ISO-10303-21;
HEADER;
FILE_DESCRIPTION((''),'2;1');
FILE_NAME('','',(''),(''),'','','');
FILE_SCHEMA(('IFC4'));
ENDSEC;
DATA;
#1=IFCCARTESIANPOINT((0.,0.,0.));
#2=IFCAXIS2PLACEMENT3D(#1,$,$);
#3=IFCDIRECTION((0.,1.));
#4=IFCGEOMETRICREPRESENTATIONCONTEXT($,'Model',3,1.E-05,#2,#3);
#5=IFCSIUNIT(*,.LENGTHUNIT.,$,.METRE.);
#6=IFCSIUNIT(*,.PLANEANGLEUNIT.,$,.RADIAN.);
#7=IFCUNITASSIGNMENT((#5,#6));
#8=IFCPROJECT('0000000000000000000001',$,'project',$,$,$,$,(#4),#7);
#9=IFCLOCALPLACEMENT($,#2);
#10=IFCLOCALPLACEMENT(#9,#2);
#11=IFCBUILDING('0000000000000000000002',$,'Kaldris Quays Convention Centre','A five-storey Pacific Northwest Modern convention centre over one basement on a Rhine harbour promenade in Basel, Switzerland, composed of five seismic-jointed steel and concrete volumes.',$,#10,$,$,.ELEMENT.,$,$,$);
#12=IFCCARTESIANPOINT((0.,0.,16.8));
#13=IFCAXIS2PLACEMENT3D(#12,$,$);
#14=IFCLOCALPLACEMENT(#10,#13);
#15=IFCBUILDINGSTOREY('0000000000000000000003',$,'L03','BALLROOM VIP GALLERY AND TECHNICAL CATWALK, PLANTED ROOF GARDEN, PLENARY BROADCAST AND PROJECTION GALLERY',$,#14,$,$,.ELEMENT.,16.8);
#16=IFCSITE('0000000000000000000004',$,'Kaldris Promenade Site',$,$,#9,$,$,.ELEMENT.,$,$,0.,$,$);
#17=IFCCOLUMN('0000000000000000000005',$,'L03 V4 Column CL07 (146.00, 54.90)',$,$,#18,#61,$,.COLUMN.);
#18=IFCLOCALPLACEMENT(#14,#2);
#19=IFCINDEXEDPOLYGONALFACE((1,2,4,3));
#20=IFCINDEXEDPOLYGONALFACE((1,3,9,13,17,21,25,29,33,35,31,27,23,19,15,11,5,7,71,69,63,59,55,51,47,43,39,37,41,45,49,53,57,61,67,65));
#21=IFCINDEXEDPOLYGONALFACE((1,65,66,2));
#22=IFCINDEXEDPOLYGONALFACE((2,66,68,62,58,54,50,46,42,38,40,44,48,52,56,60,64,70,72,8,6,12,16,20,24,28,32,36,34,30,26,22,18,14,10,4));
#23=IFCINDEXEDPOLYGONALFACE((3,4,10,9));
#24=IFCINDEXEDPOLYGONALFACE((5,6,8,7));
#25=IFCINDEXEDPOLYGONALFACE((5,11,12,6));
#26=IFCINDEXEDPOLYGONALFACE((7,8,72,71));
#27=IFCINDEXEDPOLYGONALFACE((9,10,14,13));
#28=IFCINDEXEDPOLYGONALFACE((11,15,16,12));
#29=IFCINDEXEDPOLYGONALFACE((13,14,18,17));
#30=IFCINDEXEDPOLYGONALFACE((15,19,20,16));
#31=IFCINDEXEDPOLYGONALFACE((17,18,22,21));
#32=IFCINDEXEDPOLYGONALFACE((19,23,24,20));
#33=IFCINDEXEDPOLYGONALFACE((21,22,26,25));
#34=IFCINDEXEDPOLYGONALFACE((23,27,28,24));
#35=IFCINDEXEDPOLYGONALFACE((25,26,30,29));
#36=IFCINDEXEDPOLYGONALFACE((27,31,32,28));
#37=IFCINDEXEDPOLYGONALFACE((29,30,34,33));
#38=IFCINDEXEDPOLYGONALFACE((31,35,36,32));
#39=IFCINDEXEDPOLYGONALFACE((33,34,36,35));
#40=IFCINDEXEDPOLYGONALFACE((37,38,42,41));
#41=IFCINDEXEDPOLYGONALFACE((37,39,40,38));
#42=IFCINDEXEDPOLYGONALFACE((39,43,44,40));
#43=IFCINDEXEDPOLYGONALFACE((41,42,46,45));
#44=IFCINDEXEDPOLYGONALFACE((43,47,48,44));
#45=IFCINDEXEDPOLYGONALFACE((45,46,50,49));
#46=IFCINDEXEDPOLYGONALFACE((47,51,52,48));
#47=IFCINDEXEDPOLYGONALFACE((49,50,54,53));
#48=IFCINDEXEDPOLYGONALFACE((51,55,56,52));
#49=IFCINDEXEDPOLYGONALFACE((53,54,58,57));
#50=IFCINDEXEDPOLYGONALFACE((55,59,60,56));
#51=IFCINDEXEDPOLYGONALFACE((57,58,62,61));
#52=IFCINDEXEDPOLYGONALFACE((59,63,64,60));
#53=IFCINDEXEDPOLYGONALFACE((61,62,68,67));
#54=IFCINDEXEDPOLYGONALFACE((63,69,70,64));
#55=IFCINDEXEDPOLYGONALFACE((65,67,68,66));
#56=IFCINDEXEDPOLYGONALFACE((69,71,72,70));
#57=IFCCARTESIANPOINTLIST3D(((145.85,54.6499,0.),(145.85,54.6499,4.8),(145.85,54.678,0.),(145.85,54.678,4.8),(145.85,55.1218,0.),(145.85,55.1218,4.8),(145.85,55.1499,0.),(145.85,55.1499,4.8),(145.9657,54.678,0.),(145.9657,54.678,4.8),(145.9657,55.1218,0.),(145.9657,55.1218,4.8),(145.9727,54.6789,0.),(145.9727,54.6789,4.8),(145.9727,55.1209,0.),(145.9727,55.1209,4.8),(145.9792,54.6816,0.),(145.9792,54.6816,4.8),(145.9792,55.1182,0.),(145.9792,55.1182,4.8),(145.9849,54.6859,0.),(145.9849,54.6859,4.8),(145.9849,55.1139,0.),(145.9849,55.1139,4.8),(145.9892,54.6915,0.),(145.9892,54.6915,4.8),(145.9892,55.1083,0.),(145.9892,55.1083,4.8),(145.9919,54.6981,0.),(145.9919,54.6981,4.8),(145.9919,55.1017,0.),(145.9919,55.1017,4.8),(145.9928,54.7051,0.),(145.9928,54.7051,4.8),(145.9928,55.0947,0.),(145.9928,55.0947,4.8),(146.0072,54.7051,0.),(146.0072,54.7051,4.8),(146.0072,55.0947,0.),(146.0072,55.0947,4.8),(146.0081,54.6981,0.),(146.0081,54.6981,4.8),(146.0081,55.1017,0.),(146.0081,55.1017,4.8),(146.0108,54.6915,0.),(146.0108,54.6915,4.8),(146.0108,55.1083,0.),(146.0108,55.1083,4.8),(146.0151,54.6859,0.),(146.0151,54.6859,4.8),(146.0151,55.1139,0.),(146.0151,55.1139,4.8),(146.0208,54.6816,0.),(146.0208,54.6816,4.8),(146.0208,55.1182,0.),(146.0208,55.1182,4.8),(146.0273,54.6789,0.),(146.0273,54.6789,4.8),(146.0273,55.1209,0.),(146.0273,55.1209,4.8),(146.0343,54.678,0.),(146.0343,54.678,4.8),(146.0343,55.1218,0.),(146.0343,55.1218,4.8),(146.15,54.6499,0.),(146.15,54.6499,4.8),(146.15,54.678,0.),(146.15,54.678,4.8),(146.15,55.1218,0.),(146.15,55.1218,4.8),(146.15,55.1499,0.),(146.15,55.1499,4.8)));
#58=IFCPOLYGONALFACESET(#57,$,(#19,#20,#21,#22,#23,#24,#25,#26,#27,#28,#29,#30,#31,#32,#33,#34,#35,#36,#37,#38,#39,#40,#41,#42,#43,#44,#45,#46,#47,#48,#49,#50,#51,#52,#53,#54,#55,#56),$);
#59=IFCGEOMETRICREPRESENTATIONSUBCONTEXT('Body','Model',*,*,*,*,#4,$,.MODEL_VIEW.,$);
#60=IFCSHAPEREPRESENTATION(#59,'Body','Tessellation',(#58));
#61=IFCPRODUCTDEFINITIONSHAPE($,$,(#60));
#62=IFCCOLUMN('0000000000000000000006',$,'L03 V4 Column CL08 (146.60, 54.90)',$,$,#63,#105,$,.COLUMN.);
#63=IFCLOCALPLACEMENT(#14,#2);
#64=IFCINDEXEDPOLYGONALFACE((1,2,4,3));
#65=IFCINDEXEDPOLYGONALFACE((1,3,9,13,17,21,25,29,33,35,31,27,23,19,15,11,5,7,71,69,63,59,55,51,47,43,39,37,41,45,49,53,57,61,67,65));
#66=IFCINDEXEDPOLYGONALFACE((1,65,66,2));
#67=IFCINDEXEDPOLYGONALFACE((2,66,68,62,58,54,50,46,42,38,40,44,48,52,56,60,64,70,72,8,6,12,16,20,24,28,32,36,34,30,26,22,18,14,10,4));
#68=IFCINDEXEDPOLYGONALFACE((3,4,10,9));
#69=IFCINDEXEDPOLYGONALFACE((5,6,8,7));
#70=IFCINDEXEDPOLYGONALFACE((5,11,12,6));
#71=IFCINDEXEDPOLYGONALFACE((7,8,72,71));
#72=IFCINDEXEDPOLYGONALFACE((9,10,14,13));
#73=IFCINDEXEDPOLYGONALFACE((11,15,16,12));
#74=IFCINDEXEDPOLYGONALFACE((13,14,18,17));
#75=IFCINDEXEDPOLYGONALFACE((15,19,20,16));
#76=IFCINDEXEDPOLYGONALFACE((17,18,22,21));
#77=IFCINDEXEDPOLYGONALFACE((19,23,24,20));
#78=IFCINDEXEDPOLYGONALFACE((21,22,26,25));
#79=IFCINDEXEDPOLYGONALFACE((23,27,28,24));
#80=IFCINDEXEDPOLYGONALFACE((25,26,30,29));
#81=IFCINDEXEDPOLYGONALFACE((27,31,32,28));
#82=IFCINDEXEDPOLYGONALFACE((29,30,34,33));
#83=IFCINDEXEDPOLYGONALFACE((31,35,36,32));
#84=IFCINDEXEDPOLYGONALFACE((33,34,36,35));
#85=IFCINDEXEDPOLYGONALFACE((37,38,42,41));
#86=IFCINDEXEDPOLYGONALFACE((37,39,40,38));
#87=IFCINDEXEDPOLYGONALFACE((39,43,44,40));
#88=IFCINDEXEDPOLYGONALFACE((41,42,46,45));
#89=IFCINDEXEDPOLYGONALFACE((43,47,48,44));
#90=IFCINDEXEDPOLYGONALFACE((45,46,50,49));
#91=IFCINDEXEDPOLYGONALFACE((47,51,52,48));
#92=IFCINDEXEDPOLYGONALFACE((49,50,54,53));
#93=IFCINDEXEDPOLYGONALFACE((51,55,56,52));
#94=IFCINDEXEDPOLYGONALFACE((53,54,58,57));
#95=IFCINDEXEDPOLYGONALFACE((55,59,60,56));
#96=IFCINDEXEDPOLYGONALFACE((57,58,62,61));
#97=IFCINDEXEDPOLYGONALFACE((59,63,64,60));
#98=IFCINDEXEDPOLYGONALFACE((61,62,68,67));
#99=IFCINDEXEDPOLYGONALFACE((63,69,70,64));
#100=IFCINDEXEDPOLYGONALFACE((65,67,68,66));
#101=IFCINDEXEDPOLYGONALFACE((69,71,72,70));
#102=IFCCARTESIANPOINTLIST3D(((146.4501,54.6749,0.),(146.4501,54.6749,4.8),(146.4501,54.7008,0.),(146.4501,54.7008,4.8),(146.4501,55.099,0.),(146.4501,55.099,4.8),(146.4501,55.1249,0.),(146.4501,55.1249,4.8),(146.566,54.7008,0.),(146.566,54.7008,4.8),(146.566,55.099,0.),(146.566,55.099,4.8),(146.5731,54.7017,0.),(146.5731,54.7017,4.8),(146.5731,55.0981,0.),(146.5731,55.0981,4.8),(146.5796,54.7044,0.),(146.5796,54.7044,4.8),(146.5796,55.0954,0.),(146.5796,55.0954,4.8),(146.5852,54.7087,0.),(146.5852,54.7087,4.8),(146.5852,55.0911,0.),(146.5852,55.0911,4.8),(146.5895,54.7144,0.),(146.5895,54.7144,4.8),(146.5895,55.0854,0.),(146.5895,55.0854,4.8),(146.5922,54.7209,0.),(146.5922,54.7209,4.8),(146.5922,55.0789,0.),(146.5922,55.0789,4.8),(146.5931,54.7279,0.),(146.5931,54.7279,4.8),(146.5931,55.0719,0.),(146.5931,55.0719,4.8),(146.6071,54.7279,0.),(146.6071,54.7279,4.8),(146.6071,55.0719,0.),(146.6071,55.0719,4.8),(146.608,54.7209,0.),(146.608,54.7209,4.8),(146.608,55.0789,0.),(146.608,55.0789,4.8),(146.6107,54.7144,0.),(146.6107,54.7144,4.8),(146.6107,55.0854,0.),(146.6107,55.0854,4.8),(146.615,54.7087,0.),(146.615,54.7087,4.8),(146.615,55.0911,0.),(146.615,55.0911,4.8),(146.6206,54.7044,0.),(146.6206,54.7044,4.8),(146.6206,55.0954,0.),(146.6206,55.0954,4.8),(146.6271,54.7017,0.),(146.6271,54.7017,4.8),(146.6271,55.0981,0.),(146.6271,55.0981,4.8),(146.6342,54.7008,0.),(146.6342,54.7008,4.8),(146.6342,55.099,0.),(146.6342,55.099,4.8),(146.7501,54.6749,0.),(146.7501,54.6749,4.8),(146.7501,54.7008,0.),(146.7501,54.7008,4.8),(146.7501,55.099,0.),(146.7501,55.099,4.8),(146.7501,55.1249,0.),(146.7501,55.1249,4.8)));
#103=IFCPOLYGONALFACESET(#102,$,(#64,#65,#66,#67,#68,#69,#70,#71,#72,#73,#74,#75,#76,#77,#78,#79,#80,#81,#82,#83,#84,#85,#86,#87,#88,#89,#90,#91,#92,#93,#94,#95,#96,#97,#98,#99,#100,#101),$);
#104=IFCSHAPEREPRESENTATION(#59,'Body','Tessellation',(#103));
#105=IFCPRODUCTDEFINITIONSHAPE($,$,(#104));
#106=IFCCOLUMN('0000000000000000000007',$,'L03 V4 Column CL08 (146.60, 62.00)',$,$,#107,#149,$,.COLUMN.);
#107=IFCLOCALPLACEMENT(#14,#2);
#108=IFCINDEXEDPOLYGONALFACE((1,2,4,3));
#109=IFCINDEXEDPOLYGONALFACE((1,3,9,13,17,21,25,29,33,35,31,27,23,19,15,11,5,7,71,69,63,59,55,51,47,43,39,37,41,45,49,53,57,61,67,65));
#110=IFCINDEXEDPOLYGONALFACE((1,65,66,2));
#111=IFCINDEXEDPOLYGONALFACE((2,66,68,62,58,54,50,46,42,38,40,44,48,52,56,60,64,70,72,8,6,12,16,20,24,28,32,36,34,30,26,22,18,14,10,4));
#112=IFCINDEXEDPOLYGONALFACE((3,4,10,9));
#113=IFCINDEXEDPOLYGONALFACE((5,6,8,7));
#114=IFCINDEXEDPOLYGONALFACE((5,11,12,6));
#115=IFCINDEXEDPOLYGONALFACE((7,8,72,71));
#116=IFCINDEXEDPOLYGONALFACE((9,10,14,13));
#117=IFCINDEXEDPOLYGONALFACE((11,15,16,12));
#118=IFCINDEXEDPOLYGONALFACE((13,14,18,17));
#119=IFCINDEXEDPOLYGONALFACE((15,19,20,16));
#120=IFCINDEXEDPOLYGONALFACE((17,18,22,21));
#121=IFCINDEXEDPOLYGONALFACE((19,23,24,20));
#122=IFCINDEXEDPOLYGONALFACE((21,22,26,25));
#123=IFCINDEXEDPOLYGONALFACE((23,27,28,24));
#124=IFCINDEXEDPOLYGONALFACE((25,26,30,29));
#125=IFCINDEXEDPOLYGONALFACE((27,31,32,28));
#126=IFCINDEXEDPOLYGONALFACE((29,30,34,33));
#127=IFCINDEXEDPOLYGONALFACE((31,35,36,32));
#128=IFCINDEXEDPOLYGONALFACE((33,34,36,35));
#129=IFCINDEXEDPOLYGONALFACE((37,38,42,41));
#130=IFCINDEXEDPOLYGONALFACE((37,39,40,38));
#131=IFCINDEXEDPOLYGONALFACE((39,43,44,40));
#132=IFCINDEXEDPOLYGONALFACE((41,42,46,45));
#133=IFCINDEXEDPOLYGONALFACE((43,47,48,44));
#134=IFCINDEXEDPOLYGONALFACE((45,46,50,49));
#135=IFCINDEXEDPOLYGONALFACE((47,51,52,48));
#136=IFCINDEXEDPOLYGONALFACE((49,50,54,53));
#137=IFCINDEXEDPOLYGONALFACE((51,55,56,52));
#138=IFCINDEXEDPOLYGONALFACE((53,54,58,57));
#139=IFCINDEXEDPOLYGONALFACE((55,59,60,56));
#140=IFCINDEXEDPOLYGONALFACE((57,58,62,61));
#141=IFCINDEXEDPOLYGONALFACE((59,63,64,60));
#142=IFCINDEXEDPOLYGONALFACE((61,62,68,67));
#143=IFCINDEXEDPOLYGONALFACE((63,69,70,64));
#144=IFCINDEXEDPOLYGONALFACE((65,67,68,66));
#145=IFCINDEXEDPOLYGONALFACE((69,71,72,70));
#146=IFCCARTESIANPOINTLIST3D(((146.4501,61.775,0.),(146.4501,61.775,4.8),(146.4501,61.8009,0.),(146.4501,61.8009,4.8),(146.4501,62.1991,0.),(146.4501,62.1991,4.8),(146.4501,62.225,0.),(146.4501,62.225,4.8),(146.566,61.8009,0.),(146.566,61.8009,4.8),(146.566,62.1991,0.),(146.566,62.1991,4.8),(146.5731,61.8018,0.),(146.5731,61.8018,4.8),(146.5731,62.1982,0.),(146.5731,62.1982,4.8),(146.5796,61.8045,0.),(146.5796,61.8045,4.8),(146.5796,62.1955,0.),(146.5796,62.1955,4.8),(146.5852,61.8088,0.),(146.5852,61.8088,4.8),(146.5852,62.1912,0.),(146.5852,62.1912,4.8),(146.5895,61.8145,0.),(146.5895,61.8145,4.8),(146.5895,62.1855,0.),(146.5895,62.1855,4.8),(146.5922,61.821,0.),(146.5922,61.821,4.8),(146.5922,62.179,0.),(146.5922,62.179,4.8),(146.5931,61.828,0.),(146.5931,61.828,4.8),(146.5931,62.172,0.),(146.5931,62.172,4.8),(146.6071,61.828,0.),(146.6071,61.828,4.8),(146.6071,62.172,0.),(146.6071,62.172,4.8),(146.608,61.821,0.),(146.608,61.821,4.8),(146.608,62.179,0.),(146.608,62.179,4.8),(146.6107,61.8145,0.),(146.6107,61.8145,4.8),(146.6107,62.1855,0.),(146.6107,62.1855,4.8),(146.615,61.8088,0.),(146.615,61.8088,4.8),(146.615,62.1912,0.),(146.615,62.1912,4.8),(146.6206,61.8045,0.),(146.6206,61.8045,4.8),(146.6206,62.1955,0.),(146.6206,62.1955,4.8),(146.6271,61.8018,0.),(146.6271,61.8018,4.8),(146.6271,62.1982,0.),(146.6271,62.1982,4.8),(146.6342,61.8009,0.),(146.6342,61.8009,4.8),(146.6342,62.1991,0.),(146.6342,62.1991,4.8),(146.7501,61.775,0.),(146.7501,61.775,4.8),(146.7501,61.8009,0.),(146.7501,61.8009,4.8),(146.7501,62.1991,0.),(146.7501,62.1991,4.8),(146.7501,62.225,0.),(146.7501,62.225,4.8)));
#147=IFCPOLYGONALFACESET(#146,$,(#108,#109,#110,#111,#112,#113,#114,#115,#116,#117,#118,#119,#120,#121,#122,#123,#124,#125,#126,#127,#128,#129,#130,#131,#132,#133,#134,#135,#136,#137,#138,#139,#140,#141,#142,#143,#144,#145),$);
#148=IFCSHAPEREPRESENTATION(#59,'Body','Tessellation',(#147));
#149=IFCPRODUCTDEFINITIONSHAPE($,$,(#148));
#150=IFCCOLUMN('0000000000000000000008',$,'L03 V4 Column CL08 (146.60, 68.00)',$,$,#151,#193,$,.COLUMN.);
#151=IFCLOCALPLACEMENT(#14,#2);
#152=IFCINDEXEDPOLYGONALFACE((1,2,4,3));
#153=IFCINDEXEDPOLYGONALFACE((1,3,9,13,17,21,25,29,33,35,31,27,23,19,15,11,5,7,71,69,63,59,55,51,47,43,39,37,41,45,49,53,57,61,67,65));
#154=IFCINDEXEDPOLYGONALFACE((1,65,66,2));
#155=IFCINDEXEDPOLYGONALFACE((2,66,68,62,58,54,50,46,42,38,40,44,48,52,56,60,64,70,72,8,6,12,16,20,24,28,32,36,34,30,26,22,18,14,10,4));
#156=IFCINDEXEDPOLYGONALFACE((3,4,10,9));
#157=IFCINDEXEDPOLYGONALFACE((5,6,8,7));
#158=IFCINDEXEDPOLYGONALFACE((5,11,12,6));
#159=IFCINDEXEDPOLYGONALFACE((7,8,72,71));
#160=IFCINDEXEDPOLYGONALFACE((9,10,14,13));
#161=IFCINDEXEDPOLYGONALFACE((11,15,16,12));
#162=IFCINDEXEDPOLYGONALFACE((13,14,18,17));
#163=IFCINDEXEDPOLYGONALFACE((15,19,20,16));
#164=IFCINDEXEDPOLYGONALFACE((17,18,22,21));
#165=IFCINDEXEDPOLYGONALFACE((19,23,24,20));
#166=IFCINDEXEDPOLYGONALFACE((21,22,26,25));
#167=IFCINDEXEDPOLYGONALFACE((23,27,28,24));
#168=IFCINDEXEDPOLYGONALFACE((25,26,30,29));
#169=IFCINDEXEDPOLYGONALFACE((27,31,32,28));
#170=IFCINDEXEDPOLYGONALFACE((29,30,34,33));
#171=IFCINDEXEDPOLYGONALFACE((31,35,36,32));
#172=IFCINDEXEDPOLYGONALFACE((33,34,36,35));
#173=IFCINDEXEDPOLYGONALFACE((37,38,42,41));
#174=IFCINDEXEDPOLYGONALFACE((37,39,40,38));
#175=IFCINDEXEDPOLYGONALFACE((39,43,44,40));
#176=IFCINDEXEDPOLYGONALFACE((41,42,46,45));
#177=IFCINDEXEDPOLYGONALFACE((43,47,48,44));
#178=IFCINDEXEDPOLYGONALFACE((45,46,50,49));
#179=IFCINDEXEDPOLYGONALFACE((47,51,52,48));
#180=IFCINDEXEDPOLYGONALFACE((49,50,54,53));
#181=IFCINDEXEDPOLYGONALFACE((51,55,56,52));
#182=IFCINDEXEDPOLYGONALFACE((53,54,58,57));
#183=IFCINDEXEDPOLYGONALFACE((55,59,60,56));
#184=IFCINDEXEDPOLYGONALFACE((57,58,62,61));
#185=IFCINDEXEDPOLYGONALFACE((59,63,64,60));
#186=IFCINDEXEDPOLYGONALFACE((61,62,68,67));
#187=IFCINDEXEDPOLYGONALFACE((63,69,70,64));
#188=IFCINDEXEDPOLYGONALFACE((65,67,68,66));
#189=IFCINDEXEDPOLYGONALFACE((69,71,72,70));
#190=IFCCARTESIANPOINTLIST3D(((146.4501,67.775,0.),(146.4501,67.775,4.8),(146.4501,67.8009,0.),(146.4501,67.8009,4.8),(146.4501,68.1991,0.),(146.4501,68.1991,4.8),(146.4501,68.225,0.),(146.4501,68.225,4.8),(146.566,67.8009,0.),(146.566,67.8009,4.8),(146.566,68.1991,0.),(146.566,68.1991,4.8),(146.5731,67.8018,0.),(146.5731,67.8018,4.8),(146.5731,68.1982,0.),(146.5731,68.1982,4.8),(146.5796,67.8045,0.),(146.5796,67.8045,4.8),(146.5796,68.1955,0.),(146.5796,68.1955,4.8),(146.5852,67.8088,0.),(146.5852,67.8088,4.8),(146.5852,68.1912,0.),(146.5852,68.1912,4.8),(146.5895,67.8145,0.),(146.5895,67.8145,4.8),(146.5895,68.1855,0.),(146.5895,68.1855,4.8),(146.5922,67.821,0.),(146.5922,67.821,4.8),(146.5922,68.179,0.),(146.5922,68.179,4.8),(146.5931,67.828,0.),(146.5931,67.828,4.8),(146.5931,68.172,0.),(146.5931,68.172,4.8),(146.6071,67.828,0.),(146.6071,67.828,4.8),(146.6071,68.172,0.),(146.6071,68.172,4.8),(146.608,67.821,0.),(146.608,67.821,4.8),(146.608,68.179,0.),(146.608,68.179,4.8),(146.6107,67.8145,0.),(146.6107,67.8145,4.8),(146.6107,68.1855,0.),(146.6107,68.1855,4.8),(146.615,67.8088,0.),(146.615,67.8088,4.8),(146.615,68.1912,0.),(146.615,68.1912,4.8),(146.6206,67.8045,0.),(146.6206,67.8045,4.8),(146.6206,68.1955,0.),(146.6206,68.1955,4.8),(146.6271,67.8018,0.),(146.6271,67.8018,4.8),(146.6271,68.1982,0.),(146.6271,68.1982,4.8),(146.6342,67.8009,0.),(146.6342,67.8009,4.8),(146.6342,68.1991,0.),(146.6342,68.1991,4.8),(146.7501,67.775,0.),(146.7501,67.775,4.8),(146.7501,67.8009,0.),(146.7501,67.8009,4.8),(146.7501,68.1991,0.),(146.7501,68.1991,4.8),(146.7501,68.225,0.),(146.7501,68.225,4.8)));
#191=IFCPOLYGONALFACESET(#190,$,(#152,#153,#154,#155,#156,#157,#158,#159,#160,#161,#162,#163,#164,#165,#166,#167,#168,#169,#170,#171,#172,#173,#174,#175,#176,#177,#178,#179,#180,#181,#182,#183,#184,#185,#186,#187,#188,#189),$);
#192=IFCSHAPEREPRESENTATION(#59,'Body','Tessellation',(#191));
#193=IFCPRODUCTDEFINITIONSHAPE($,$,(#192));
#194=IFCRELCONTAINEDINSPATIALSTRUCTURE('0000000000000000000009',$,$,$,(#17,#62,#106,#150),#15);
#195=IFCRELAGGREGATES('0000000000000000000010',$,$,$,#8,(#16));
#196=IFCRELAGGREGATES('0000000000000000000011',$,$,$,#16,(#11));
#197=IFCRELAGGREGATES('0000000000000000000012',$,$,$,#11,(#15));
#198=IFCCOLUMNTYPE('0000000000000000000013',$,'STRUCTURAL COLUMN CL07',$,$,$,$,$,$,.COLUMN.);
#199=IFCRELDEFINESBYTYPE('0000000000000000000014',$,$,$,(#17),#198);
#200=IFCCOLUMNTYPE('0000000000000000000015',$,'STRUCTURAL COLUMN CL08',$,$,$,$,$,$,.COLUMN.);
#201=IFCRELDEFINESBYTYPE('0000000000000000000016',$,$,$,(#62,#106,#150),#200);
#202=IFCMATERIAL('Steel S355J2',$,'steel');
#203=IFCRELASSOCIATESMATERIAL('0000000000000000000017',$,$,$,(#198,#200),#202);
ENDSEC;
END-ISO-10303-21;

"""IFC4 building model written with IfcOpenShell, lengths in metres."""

from ifc_helpers import new_model, si_unit, direction, frame, origin, origin_2d, place, context, subcontext, project, spatial, i_section, extrude, material, material_profile, profile_set, type_object, element, save


model = new_model("IFC4")

# Units and contexts
model_context = context("Model", 3, precision=1e-05, world=origin(), true_north=direction((0.0, 1.0)))
body_context = subcontext(model_context, "Body", "Model", "MODEL_VIEW")
ifc_project = project(units=[si_unit("LENGTHUNIT", "METRE"), si_unit("PLANEANGLEUNIT", "RADIAN")], contexts=[model_context])

# Site, building, storey
site_placement = place(None, origin())
site = spatial("IfcSite", under=ifc_project, at=site_placement, Name="Kaldris Promenade Site", CompositionType="ELEMENT", RefElevation=0.0)
building_placement = place(site_placement, origin())
building = spatial("IfcBuilding", under=site, at=building_placement, Name="Kaldris Quays Convention Centre", Description="A five-storey Pacific Northwest Modern convention centre over one basement on a Rhine harbour promenade in Basel, Switzerland, composed of five seismic-jointed steel and concrete volumes.", CompositionType="ELEMENT")
storey_placement = place(building_placement, frame((0.0, 0.0, 16.8)))
storey = spatial("IfcBuildingStorey", under=building, at=storey_placement, Name="L03", Description="BALLROOM VIP GALLERY AND TECHNICAL CATWALK, PLANTED ROOF GARDEN, PLENARY BROADCAST AND PROJECTION GALLERY", CompositionType="ELEMENT", Elevation=16.8)

# Columns
ifc_material_1 = material(Name="Steel S355J2", Category="steel")
ifc_material_profile_1 = material_profile(ifc_material_1, i_section(OverallWidth=0.3, OverallDepth=0.5, WebThickness=0.0144, FlangeThickness=0.0281, FilletRadius=0.0271, at=origin_2d()), Name="HEB 500")
ifc_profile_set_1 = profile_set([ifc_material_profile_1], Name="Steel S355J2")
column_type_1 = type_object("IfcColumnType", Name="STRUCTURAL COLUMN CL07", PredefinedType="COLUMN", material=ifc_profile_set_1)
for number, where, z_axis, x_axis, name in (
    (1, (146.0, 54.8999, 0.0), (0.0, 0.0, 1.0), (1.0, 0.0, 0.0), "L03 V4 Column CL07 (146.00, 54.90)"),
):
    element("IfcColumn", number, at=place(storey_placement, frame(where, z_axis=z_axis, x_axis=x_axis)), inside=storey, type_object=column_type_1, Name=name, PredefinedType="COLUMN", context=body_context, shape_type="SweptSolid", body=[
        extrude(i_section(OverallWidth=0.3, OverallDepth=0.5, WebThickness=0.0144, FlangeThickness=0.0281, FilletRadius=0.0271, at=origin_2d()), origin(), (0.0, 0.0, 1.0), 4.8),
    ])
ifc_material_profile_2 = material_profile(ifc_material_1, i_section(OverallWidth=0.3, OverallDepth=0.45, WebThickness=0.0139, FlangeThickness=0.0259, FilletRadius=0.0271, at=origin_2d()), Name="HEB 450")
ifc_profile_set_2 = profile_set([ifc_material_profile_2], Name="Steel S355J2")
column_type_2 = type_object("IfcColumnType", Name="STRUCTURAL COLUMN CL08", PredefinedType="COLUMN", material=ifc_profile_set_2)
for number, where, z_axis, x_axis, name in (
    (2, (146.6001, 54.8999, 0.0), (0.0, 0.0, 1.0), (1.0, 0.0, 0.0), "L03 V4 Column CL08 (146.60, 54.90)"),
    (3, (146.6001, 62.0, 0.0), (0.0, 0.0, 1.0), (1.0, 0.0, 0.0), "L03 V4 Column CL08 (146.60, 62.00)"),
    (4, (146.6001, 68.0, 0.0), (0.0, 0.0, 1.0), (1.0, 0.0, 0.0), "L03 V4 Column CL08 (146.60, 68.00)"),
):
    element("IfcColumn", number, at=place(storey_placement, frame(where, z_axis=z_axis, x_axis=x_axis)), inside=storey, type_object=column_type_2, Name=name, PredefinedType="COLUMN", context=body_context, shape_type="SweptSolid", body=[
        extrude(i_section(OverallWidth=0.3, OverallDepth=0.45, WebThickness=0.0139, FlangeThickness=0.0259, FilletRadius=0.0271, at=origin_2d()), origin(), (0.0, 0.0, 1.0), 4.8),
    ])

save(model, "model.ifc")
